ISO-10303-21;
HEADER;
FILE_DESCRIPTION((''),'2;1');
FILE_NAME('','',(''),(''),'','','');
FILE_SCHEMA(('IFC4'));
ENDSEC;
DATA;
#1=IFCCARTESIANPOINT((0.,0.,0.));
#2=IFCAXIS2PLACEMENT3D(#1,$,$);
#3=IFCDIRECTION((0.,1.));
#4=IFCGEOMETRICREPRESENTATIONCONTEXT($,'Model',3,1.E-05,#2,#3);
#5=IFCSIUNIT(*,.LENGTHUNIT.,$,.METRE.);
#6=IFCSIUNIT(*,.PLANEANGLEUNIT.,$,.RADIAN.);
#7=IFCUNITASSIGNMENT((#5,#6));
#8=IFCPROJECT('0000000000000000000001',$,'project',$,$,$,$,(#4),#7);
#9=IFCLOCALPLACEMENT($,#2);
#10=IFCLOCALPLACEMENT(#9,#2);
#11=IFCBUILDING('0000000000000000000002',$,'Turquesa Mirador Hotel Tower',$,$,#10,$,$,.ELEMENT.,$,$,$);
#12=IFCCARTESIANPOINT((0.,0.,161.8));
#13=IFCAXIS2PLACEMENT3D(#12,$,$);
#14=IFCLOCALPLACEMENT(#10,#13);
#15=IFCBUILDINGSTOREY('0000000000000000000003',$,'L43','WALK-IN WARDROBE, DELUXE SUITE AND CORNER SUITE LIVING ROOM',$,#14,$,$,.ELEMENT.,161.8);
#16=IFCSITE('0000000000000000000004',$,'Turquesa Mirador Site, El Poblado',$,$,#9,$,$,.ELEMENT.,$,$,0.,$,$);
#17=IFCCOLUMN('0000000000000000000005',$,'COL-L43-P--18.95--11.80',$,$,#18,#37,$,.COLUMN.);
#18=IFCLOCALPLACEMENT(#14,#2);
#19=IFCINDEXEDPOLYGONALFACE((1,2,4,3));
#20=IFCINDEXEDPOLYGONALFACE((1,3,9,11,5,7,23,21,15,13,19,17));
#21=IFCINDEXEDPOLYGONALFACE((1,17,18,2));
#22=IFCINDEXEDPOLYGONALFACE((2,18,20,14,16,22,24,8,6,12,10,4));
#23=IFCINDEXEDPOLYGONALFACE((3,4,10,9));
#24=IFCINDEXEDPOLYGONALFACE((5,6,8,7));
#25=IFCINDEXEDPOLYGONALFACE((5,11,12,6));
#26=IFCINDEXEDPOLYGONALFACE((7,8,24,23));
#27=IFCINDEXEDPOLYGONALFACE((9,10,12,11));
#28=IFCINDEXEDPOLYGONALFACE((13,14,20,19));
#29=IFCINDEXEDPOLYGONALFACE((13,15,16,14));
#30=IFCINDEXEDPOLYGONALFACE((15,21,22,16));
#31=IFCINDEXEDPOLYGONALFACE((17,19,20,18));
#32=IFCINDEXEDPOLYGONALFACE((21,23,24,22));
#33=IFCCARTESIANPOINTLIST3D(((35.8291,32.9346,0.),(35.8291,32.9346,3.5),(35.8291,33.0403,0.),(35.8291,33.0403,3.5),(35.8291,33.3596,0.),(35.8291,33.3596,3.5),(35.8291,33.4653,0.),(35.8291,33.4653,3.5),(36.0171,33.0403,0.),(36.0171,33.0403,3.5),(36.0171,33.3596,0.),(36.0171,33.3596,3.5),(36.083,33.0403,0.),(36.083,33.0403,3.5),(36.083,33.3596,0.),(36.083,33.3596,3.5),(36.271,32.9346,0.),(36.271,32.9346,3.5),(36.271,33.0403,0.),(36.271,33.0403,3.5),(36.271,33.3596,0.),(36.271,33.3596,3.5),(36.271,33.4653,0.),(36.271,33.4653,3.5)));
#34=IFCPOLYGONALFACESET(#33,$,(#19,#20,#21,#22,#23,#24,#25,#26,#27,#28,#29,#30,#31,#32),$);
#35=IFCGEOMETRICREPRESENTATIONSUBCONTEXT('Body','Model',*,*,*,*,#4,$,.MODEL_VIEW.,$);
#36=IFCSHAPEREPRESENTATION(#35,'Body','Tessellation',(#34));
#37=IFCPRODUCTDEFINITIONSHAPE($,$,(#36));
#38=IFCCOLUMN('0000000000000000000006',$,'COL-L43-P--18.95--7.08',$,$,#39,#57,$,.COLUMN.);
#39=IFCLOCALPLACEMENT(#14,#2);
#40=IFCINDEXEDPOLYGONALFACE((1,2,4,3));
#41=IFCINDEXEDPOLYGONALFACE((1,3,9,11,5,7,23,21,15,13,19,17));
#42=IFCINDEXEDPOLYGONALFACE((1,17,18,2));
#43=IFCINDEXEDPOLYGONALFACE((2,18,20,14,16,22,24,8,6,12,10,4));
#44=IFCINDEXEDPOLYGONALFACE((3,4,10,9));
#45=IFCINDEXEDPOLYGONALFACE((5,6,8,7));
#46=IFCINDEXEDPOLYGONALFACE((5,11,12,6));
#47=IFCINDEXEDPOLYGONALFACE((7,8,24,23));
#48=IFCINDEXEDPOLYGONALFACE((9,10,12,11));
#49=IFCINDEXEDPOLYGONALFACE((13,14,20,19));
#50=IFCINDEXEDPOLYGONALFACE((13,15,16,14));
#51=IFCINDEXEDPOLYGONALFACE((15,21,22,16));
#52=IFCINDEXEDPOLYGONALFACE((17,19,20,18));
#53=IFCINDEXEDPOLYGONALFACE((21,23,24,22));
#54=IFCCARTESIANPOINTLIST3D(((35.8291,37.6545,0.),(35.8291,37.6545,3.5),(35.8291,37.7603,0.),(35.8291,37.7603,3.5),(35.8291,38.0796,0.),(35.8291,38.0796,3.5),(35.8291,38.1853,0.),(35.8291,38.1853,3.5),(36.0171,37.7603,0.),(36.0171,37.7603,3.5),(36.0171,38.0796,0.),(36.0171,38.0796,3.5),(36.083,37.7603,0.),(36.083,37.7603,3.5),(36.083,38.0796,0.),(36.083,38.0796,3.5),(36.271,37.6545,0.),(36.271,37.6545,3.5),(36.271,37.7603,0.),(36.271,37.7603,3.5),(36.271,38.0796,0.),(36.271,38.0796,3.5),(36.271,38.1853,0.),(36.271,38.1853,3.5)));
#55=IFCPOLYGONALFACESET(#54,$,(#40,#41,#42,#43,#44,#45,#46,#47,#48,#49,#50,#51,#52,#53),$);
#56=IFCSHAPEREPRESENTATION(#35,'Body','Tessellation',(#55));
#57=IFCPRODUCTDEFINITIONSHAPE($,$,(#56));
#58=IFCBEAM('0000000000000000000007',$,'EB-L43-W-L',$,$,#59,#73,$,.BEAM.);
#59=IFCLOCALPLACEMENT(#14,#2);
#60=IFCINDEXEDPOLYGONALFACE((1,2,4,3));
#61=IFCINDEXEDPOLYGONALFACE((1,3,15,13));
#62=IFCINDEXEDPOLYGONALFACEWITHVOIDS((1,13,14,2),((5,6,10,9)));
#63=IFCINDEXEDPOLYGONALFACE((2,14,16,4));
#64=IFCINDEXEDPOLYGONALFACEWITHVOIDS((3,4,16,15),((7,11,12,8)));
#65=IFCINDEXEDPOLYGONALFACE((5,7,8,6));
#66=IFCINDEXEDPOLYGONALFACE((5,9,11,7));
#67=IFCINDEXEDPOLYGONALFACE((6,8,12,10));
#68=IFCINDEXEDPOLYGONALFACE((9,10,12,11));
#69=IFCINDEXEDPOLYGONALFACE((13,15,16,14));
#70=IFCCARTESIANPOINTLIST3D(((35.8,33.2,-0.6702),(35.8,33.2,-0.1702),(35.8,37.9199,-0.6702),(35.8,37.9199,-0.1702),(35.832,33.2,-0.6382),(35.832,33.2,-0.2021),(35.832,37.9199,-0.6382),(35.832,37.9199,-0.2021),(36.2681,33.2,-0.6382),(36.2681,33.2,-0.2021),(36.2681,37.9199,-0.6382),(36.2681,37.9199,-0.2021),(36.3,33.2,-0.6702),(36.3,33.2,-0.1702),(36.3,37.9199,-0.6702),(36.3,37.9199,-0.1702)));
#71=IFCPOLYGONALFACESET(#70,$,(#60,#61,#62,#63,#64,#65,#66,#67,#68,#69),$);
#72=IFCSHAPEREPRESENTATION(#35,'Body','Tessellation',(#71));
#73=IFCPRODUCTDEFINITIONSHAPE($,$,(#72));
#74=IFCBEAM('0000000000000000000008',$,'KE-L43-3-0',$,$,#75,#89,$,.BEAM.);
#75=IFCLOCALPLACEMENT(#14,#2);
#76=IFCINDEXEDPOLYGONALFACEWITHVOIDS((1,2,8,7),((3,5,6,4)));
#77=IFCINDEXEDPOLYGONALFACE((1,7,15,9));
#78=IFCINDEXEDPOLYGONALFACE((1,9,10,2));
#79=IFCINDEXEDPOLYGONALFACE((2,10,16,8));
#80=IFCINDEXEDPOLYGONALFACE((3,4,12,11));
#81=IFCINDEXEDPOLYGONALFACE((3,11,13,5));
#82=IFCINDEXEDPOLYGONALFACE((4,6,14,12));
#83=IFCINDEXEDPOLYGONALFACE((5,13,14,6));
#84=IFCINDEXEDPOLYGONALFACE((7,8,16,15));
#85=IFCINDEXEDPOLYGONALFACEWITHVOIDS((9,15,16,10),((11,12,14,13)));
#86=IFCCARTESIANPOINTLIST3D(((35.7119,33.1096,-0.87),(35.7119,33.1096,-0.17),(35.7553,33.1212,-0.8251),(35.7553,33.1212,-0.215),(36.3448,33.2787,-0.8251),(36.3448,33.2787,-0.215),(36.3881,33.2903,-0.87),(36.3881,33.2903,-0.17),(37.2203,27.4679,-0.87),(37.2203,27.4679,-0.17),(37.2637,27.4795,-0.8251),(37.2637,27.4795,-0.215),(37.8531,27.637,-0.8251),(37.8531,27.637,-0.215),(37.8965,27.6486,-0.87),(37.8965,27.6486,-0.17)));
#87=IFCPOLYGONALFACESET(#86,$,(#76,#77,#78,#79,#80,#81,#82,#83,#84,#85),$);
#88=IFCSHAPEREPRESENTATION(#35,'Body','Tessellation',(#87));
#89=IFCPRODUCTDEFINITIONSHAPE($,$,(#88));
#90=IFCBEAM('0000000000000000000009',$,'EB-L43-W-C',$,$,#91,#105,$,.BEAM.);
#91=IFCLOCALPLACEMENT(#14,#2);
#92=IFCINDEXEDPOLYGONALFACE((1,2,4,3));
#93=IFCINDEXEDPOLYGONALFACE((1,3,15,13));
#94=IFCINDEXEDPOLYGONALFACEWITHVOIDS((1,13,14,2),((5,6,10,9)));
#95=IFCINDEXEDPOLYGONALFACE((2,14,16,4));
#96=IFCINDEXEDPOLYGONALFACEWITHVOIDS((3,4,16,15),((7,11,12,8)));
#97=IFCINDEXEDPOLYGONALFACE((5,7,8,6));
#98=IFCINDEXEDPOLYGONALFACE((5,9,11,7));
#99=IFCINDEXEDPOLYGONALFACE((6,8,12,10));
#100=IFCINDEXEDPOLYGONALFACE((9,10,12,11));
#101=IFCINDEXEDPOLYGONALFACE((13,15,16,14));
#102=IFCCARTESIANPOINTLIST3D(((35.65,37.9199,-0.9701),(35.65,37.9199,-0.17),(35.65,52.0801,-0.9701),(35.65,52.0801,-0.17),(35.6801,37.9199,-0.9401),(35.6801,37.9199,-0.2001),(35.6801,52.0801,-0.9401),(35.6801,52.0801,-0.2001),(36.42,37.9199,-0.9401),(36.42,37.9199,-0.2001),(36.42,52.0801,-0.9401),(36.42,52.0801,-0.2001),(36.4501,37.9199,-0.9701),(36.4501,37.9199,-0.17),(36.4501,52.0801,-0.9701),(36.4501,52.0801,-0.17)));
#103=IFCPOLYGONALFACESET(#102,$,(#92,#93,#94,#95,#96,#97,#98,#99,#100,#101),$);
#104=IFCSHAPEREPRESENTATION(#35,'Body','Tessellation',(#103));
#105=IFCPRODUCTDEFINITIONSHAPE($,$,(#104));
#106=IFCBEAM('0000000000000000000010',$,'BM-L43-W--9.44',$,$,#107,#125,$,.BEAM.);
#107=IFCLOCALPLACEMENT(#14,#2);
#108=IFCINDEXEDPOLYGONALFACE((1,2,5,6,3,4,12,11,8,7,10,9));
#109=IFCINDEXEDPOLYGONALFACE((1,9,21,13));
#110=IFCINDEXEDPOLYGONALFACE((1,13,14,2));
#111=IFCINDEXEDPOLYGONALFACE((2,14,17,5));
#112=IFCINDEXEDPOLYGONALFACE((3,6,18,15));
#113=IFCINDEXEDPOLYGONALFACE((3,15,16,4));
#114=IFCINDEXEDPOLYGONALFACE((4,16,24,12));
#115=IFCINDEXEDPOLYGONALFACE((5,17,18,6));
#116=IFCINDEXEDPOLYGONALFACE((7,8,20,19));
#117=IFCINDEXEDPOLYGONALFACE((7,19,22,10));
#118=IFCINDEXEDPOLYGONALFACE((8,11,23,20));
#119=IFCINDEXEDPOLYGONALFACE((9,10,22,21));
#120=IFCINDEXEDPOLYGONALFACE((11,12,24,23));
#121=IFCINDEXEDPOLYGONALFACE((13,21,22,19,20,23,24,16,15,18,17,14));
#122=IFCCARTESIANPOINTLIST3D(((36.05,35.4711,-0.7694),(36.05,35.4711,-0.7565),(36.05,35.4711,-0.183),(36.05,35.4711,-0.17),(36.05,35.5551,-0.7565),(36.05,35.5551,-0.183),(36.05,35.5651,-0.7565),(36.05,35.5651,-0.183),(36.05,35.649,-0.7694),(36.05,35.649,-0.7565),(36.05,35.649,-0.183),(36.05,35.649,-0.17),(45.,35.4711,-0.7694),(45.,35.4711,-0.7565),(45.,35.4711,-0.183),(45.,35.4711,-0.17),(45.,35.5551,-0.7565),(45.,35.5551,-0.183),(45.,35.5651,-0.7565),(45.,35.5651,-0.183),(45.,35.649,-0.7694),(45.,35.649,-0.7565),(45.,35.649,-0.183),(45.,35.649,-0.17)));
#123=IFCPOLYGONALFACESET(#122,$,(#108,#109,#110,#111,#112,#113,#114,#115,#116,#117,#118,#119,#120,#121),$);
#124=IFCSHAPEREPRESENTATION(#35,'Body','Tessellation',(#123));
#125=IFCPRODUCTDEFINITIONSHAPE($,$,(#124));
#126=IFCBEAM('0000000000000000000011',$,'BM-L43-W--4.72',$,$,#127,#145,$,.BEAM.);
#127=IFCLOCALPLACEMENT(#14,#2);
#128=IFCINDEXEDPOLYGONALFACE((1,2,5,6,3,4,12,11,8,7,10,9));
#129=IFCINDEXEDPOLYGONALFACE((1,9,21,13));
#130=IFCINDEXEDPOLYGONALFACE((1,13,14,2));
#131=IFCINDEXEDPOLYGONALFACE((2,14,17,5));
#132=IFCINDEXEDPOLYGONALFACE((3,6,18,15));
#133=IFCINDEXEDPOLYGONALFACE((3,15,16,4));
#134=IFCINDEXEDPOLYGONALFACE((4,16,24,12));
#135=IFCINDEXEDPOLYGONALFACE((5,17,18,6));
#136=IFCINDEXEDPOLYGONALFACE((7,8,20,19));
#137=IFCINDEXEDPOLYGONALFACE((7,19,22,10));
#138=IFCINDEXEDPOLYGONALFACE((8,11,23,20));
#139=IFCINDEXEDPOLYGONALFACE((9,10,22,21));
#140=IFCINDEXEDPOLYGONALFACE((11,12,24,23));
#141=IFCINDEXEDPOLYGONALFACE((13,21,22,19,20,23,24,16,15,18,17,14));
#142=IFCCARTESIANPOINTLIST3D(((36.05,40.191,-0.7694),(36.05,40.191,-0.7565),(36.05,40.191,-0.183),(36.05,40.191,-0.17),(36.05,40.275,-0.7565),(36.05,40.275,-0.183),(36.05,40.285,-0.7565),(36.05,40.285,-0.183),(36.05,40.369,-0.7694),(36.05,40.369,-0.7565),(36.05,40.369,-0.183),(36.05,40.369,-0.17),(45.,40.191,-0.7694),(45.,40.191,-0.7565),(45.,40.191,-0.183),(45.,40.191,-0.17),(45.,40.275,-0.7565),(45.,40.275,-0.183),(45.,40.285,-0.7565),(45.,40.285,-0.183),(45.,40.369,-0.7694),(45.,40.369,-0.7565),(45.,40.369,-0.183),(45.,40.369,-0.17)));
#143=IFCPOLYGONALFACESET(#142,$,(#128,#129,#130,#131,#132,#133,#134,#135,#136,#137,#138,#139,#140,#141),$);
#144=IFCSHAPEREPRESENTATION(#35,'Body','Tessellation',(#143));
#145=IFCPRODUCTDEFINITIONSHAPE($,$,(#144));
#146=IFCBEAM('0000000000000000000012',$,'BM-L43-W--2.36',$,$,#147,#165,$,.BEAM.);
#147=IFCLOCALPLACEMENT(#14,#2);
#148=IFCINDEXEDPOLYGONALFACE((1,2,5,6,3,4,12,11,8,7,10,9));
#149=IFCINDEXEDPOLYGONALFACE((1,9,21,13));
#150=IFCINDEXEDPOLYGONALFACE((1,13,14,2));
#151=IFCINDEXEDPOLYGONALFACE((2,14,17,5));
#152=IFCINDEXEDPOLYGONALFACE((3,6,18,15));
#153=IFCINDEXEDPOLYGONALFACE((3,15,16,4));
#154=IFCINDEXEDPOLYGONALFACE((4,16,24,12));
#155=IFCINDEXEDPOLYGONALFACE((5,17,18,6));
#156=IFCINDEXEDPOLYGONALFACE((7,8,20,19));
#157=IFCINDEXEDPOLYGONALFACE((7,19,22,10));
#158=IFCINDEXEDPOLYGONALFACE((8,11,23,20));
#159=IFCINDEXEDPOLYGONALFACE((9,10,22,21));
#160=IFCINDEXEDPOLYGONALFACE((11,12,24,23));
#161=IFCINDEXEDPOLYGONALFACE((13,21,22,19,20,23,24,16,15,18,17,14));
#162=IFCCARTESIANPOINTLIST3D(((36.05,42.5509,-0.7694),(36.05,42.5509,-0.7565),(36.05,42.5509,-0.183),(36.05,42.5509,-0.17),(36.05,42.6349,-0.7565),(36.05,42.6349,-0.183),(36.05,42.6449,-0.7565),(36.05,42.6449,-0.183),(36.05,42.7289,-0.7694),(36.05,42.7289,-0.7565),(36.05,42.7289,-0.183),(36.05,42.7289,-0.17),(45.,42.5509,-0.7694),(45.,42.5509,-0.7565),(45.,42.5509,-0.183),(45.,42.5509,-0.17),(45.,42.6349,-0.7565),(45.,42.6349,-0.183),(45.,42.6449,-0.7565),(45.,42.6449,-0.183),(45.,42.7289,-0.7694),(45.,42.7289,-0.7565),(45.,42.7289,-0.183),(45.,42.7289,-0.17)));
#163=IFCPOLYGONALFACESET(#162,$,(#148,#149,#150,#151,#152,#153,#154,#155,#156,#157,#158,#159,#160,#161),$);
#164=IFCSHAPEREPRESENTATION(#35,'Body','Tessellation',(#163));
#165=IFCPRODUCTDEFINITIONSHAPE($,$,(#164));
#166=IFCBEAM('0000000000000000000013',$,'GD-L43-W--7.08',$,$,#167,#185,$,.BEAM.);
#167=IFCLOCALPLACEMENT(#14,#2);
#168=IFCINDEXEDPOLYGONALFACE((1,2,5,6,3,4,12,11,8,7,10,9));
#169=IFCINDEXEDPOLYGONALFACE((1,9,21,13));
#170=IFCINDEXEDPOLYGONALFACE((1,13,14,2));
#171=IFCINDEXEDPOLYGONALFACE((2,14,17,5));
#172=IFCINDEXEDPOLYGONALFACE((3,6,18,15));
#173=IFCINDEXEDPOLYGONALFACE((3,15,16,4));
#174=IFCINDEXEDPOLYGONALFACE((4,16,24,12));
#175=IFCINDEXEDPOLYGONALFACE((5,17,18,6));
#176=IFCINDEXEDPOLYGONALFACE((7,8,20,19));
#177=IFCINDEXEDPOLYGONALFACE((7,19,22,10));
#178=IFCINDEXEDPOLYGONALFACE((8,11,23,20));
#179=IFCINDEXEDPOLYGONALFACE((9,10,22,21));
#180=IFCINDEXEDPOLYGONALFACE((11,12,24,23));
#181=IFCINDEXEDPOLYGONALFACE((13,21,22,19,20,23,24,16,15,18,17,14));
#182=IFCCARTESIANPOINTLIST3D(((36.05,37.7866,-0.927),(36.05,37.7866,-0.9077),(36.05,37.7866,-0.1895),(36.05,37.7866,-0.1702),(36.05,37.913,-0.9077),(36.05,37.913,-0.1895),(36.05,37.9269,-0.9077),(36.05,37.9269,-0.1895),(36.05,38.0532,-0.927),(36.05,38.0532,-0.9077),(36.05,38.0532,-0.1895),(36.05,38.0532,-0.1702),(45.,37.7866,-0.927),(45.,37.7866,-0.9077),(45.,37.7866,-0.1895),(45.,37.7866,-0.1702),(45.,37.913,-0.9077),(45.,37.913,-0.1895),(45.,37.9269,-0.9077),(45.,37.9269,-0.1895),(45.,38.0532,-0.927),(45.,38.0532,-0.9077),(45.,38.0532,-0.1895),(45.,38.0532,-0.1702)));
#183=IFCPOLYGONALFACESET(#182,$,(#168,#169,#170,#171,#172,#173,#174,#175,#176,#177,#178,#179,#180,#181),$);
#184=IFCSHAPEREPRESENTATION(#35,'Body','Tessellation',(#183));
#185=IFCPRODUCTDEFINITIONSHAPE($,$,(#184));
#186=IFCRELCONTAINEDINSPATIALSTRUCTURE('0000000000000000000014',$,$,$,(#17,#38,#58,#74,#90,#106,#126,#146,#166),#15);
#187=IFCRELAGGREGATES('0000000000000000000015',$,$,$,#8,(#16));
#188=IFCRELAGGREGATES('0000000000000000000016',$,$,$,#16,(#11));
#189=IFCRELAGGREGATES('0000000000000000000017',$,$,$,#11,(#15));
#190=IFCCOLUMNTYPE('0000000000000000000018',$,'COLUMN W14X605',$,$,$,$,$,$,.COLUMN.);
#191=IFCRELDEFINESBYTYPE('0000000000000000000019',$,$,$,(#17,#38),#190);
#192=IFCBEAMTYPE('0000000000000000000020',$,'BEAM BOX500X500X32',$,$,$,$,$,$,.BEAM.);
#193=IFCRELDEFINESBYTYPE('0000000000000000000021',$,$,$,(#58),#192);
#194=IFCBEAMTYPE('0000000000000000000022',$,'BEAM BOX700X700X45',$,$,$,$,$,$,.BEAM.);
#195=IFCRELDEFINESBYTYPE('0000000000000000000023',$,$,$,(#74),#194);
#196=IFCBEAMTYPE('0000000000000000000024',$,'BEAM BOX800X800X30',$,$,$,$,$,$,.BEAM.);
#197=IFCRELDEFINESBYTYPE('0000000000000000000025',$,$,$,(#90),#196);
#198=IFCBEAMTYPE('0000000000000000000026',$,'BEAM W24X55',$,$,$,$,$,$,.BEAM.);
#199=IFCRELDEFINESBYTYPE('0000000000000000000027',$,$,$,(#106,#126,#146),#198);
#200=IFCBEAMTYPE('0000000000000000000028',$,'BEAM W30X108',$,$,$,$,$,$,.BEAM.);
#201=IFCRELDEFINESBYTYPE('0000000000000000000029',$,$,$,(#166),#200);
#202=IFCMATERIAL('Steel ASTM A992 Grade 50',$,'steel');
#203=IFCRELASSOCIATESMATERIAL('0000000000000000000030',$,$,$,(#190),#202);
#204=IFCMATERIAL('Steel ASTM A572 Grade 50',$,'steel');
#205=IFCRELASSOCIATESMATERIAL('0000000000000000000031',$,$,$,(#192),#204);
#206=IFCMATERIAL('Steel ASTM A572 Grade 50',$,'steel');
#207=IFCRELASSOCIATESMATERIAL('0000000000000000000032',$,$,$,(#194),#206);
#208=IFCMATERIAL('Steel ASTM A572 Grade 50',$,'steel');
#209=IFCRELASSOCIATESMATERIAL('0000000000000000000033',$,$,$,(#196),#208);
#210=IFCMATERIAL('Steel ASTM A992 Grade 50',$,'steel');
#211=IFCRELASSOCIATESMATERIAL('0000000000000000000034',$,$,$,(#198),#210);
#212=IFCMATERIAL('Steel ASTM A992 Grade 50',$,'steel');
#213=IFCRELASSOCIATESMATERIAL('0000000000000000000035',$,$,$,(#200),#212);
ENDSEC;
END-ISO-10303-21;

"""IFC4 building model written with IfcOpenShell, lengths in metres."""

from ifc_helpers import new_model, si_unit, direction, frame, origin, origin_2d, place, context, subcontext, project, spatial, hollow_rectangle, i_section, extrude, material, material_profile, profile_set, type_object, element, save


model = new_model("IFC4")

# Units and contexts
model_context = context("Model", 3, precision=1e-05, world=origin(), true_north=direction((0.0, 1.0)))
body_context = subcontext(model_context, "Body", "Model", "MODEL_VIEW")
ifc_project = project(units=[si_unit("LENGTHUNIT", "METRE"), si_unit("PLANEANGLEUNIT", "RADIAN")], contexts=[model_context])

# Site, building, storey
site_placement = place(None, origin())
site = spatial("IfcSite", under=ifc_project, at=site_placement, Name="Turquesa Mirador Site, El Poblado", CompositionType="ELEMENT", RefElevation=0.0)
building_placement = place(site_placement, origin())
building = spatial("IfcBuilding", under=site, at=building_placement, Name="Turquesa Mirador Hotel Tower", CompositionType="ELEMENT")
storey_placement = place(building_placement, frame((0.0, 0.0, 161.8)))
storey = spatial("IfcBuildingStorey", under=building, at=storey_placement, Name="L43", Description="WALK-IN WARDROBE, DELUXE SUITE AND CORNER SUITE LIVING ROOM", CompositionType="ELEMENT", Elevation=161.8)

# Columns
ifc_material_1 = material(Name="Steel ASTM A992 Grade 50", Category="steel")
ifc_material_profile_1 = material_profile(ifc_material_1, i_section(OverallWidth=0.4419, OverallDepth=0.5308, WebThickness=0.0659, FlangeThickness=0.1057, at=origin_2d()), Name="W14X605")
ifc_profile_set_1 = profile_set([ifc_material_profile_1], Name="Steel ASTM A992 Grade 50")
column_type = type_object("IfcColumnType", Name="COLUMN W14X605", PredefinedType="COLUMN", material=ifc_profile_set_1)
for number, where, z_axis, x_axis, name in (
    (1, (36.05, 33.2, 0.0), (0.0, 0.0, 1.0), (1.0, 0.0, 0.0), "COL-L43-P--18.95--11.80"),
    (2, (36.05, 37.9199, 0.0), (0.0, 0.0, 1.0), (1.0, 0.0, 0.0), "COL-L43-P--18.95--7.08"),
):
    element("IfcColumn", number, at=place(storey_placement, frame(where, z_axis=z_axis, x_axis=x_axis)), inside=storey, type_object=column_type, Name=name, PredefinedType="COLUMN", context=body_context, shape_type="SweptSolid", body=[
        extrude(i_section(OverallWidth=0.4419, OverallDepth=0.5308, WebThickness=0.0659, FlangeThickness=0.1057, at=origin_2d()), origin(), (0.0, 0.0, 1.0), 3.5),
    ])

# Beams
ifc_material_2 = material(Name="Steel ASTM A572 Grade 50", Category="steel")
ifc_material_profile_2 = material_profile(ifc_material_2, hollow_rectangle(XDim=0.5, YDim=0.5, WallThickness=0.032, at=origin_2d()), Name="BOX500X500X32")
ifc_profile_set_2 = profile_set([ifc_material_profile_2], Name="Steel ASTM A572 Grade 50")
beam_type_1 = type_object("IfcBeamType", Name="BEAM BOX500X500X32", PredefinedType="BEAM", material=ifc_profile_set_2)
beam_1_placement = place(storey_placement, frame((36.05, 33.2, -0.4202), z_axis=(0.0, 1.0, 0.0), x_axis=(-1.0, 0.0, 0.0)))
element("IfcBeam", 3, at=beam_1_placement, inside=storey, type_object=beam_type_1, Name="EB-L43-W-L", PredefinedType="BEAM", context=body_context, shape_type="SweptSolid", body=[
    extrude(hollow_rectangle(XDim=0.5, YDim=0.5, WallThickness=0.032, at=origin_2d()), origin(), (0.0, 0.0, 1.0), 4.72),
])
ifc_material_3 = material(Name="Steel ASTM A572 Grade 50", Category="steel")
ifc_material_profile_3 = material_profile(ifc_material_3, hollow_rectangle(XDim=0.7, YDim=0.7, WallThickness=0.0449, at=origin_2d()), Name="BOX700X700X45")
ifc_profile_set_3 = profile_set([ifc_material_profile_3], Name="Steel ASTM A572 Grade 50")
beam_type_2 = type_object("IfcBeamType", Name="BEAM BOX700X700X45", PredefinedType="BEAM", material=ifc_profile_set_3)
beam_2_placement = place(storey_placement, frame((36.05, 33.2, -0.52), z_axis=(0.258282, -0.96607, 0.0), x_axis=(0.96607, 0.258282, 0.0)))
element("IfcBeam", 4, at=beam_2_placement, inside=storey, type_object=beam_type_2, Name="KE-L43-3-0", PredefinedType="BEAM", context=body_context, shape_type="SweptSolid", body=[
    extrude(hollow_rectangle(XDim=0.7, YDim=0.7, WallThickness=0.0449, at=origin_2d()), origin(), (0.0, 0.0, 1.0), 5.8398),
])
ifc_material_4 = material(Name="Steel ASTM A572 Grade 50", Category="steel")
ifc_material_profile_4 = material_profile(ifc_material_4, hollow_rectangle(XDim=0.8, YDim=0.8, WallThickness=0.03, at=origin_2d()), Name="BOX800X800X30")
ifc_profile_set_4 = profile_set([ifc_material_profile_4], Name="Steel ASTM A572 Grade 50")
beam_type_3 = type_object("IfcBeamType", Name="BEAM BOX800X800X30", PredefinedType="BEAM", material=ifc_profile_set_4)
beam_3_placement = place(storey_placement, frame((36.05, 37.9199, -0.5701), z_axis=(0.0, 1.0, 0.0), x_axis=(-1.0, 0.0, 0.0)))
element("IfcBeam", 5, at=beam_3_placement, inside=storey, type_object=beam_type_3, Name="EB-L43-W-C", PredefinedType="BEAM", context=body_context, shape_type="SweptSolid", body=[
    extrude(hollow_rectangle(XDim=0.8, YDim=0.8, WallThickness=0.03, at=origin_2d()), origin(), (0.0, 0.0, 1.0), 14.1602),
])
ifc_material_5 = material(Name="Steel ASTM A992 Grade 50", Category="steel")
ifc_material_profile_5 = material_profile(ifc_material_5, i_section(OverallWidth=0.178, OverallDepth=0.5994, WebThickness=0.01, FlangeThickness=0.0129, at=origin_2d()), Name="W24X55")
ifc_profile_set_5 = profile_set([ifc_material_profile_5], Name="Steel ASTM A992 Grade 50")
beam_type_4 = type_object("IfcBeamType", Name="BEAM W24X55", PredefinedType="BEAM", material=ifc_profile_set_5)
for number, where, z_axis, x_axis, name in (
    (6, (36.05, 35.5601, -0.4697), (1.0, 0.0, 0.0), (0.0, 1.0, 0.0), "BM-L43-W--9.44"),
    (7, (36.05, 40.28, -0.4697), (1.0, 0.0, 0.0), (0.0, 1.0, 0.0), "BM-L43-W--4.72"),
    (8, (36.05, 42.6399, -0.4697), (1.0, 0.0, 0.0), (0.0, 1.0, 0.0), "BM-L43-W--2.36"),
):
    element("IfcBeam", number, at=place(storey_placement, frame(where, z_axis=z_axis, x_axis=x_axis)), inside=storey, type_object=beam_type_4, Name=name, PredefinedType="BEAM", context=body_context, shape_type="SweptSolid", body=[
        extrude(i_section(OverallWidth=0.178, OverallDepth=0.5994, WebThickness=0.01, FlangeThickness=0.0129, at=origin_2d()), origin(), (0.0, 0.0, 1.0), 8.95),
    ])
ifc_material_6 = material(Name="Steel ASTM A992 Grade 50", Category="steel")
ifc_material_profile_6 = material_profile(ifc_material_6, i_section(OverallWidth=0.2666, OverallDepth=0.7568, WebThickness=0.0139, FlangeThickness=0.0193, at=origin_2d()), Name="W30X108")
ifc_profile_set_6 = profile_set([ifc_material_profile_6], Name="Steel ASTM A992 Grade 50")
beam_type_5 = type_object("IfcBeamType", Name="BEAM W30X108", PredefinedType="BEAM", material=ifc_profile_set_6)
beam_4_placement = place(storey_placement, frame((36.05, 37.9199, -0.5486), z_axis=(1.0, 0.0, 0.0), x_axis=(0.0, 1.0, 0.0)))
element("IfcBeam", 9, at=beam_4_placement, inside=storey, type_object=beam_type_5, Name="GD-L43-W--7.08", PredefinedType="BEAM", context=body_context, shape_type="SweptSolid", body=[
    extrude(i_section(OverallWidth=0.2666, OverallDepth=0.7568, WebThickness=0.0139, FlangeThickness=0.0193, at=origin_2d()), origin(), (0.0, 0.0, 1.0), 8.95),
])

save(model, "model.ifc")
